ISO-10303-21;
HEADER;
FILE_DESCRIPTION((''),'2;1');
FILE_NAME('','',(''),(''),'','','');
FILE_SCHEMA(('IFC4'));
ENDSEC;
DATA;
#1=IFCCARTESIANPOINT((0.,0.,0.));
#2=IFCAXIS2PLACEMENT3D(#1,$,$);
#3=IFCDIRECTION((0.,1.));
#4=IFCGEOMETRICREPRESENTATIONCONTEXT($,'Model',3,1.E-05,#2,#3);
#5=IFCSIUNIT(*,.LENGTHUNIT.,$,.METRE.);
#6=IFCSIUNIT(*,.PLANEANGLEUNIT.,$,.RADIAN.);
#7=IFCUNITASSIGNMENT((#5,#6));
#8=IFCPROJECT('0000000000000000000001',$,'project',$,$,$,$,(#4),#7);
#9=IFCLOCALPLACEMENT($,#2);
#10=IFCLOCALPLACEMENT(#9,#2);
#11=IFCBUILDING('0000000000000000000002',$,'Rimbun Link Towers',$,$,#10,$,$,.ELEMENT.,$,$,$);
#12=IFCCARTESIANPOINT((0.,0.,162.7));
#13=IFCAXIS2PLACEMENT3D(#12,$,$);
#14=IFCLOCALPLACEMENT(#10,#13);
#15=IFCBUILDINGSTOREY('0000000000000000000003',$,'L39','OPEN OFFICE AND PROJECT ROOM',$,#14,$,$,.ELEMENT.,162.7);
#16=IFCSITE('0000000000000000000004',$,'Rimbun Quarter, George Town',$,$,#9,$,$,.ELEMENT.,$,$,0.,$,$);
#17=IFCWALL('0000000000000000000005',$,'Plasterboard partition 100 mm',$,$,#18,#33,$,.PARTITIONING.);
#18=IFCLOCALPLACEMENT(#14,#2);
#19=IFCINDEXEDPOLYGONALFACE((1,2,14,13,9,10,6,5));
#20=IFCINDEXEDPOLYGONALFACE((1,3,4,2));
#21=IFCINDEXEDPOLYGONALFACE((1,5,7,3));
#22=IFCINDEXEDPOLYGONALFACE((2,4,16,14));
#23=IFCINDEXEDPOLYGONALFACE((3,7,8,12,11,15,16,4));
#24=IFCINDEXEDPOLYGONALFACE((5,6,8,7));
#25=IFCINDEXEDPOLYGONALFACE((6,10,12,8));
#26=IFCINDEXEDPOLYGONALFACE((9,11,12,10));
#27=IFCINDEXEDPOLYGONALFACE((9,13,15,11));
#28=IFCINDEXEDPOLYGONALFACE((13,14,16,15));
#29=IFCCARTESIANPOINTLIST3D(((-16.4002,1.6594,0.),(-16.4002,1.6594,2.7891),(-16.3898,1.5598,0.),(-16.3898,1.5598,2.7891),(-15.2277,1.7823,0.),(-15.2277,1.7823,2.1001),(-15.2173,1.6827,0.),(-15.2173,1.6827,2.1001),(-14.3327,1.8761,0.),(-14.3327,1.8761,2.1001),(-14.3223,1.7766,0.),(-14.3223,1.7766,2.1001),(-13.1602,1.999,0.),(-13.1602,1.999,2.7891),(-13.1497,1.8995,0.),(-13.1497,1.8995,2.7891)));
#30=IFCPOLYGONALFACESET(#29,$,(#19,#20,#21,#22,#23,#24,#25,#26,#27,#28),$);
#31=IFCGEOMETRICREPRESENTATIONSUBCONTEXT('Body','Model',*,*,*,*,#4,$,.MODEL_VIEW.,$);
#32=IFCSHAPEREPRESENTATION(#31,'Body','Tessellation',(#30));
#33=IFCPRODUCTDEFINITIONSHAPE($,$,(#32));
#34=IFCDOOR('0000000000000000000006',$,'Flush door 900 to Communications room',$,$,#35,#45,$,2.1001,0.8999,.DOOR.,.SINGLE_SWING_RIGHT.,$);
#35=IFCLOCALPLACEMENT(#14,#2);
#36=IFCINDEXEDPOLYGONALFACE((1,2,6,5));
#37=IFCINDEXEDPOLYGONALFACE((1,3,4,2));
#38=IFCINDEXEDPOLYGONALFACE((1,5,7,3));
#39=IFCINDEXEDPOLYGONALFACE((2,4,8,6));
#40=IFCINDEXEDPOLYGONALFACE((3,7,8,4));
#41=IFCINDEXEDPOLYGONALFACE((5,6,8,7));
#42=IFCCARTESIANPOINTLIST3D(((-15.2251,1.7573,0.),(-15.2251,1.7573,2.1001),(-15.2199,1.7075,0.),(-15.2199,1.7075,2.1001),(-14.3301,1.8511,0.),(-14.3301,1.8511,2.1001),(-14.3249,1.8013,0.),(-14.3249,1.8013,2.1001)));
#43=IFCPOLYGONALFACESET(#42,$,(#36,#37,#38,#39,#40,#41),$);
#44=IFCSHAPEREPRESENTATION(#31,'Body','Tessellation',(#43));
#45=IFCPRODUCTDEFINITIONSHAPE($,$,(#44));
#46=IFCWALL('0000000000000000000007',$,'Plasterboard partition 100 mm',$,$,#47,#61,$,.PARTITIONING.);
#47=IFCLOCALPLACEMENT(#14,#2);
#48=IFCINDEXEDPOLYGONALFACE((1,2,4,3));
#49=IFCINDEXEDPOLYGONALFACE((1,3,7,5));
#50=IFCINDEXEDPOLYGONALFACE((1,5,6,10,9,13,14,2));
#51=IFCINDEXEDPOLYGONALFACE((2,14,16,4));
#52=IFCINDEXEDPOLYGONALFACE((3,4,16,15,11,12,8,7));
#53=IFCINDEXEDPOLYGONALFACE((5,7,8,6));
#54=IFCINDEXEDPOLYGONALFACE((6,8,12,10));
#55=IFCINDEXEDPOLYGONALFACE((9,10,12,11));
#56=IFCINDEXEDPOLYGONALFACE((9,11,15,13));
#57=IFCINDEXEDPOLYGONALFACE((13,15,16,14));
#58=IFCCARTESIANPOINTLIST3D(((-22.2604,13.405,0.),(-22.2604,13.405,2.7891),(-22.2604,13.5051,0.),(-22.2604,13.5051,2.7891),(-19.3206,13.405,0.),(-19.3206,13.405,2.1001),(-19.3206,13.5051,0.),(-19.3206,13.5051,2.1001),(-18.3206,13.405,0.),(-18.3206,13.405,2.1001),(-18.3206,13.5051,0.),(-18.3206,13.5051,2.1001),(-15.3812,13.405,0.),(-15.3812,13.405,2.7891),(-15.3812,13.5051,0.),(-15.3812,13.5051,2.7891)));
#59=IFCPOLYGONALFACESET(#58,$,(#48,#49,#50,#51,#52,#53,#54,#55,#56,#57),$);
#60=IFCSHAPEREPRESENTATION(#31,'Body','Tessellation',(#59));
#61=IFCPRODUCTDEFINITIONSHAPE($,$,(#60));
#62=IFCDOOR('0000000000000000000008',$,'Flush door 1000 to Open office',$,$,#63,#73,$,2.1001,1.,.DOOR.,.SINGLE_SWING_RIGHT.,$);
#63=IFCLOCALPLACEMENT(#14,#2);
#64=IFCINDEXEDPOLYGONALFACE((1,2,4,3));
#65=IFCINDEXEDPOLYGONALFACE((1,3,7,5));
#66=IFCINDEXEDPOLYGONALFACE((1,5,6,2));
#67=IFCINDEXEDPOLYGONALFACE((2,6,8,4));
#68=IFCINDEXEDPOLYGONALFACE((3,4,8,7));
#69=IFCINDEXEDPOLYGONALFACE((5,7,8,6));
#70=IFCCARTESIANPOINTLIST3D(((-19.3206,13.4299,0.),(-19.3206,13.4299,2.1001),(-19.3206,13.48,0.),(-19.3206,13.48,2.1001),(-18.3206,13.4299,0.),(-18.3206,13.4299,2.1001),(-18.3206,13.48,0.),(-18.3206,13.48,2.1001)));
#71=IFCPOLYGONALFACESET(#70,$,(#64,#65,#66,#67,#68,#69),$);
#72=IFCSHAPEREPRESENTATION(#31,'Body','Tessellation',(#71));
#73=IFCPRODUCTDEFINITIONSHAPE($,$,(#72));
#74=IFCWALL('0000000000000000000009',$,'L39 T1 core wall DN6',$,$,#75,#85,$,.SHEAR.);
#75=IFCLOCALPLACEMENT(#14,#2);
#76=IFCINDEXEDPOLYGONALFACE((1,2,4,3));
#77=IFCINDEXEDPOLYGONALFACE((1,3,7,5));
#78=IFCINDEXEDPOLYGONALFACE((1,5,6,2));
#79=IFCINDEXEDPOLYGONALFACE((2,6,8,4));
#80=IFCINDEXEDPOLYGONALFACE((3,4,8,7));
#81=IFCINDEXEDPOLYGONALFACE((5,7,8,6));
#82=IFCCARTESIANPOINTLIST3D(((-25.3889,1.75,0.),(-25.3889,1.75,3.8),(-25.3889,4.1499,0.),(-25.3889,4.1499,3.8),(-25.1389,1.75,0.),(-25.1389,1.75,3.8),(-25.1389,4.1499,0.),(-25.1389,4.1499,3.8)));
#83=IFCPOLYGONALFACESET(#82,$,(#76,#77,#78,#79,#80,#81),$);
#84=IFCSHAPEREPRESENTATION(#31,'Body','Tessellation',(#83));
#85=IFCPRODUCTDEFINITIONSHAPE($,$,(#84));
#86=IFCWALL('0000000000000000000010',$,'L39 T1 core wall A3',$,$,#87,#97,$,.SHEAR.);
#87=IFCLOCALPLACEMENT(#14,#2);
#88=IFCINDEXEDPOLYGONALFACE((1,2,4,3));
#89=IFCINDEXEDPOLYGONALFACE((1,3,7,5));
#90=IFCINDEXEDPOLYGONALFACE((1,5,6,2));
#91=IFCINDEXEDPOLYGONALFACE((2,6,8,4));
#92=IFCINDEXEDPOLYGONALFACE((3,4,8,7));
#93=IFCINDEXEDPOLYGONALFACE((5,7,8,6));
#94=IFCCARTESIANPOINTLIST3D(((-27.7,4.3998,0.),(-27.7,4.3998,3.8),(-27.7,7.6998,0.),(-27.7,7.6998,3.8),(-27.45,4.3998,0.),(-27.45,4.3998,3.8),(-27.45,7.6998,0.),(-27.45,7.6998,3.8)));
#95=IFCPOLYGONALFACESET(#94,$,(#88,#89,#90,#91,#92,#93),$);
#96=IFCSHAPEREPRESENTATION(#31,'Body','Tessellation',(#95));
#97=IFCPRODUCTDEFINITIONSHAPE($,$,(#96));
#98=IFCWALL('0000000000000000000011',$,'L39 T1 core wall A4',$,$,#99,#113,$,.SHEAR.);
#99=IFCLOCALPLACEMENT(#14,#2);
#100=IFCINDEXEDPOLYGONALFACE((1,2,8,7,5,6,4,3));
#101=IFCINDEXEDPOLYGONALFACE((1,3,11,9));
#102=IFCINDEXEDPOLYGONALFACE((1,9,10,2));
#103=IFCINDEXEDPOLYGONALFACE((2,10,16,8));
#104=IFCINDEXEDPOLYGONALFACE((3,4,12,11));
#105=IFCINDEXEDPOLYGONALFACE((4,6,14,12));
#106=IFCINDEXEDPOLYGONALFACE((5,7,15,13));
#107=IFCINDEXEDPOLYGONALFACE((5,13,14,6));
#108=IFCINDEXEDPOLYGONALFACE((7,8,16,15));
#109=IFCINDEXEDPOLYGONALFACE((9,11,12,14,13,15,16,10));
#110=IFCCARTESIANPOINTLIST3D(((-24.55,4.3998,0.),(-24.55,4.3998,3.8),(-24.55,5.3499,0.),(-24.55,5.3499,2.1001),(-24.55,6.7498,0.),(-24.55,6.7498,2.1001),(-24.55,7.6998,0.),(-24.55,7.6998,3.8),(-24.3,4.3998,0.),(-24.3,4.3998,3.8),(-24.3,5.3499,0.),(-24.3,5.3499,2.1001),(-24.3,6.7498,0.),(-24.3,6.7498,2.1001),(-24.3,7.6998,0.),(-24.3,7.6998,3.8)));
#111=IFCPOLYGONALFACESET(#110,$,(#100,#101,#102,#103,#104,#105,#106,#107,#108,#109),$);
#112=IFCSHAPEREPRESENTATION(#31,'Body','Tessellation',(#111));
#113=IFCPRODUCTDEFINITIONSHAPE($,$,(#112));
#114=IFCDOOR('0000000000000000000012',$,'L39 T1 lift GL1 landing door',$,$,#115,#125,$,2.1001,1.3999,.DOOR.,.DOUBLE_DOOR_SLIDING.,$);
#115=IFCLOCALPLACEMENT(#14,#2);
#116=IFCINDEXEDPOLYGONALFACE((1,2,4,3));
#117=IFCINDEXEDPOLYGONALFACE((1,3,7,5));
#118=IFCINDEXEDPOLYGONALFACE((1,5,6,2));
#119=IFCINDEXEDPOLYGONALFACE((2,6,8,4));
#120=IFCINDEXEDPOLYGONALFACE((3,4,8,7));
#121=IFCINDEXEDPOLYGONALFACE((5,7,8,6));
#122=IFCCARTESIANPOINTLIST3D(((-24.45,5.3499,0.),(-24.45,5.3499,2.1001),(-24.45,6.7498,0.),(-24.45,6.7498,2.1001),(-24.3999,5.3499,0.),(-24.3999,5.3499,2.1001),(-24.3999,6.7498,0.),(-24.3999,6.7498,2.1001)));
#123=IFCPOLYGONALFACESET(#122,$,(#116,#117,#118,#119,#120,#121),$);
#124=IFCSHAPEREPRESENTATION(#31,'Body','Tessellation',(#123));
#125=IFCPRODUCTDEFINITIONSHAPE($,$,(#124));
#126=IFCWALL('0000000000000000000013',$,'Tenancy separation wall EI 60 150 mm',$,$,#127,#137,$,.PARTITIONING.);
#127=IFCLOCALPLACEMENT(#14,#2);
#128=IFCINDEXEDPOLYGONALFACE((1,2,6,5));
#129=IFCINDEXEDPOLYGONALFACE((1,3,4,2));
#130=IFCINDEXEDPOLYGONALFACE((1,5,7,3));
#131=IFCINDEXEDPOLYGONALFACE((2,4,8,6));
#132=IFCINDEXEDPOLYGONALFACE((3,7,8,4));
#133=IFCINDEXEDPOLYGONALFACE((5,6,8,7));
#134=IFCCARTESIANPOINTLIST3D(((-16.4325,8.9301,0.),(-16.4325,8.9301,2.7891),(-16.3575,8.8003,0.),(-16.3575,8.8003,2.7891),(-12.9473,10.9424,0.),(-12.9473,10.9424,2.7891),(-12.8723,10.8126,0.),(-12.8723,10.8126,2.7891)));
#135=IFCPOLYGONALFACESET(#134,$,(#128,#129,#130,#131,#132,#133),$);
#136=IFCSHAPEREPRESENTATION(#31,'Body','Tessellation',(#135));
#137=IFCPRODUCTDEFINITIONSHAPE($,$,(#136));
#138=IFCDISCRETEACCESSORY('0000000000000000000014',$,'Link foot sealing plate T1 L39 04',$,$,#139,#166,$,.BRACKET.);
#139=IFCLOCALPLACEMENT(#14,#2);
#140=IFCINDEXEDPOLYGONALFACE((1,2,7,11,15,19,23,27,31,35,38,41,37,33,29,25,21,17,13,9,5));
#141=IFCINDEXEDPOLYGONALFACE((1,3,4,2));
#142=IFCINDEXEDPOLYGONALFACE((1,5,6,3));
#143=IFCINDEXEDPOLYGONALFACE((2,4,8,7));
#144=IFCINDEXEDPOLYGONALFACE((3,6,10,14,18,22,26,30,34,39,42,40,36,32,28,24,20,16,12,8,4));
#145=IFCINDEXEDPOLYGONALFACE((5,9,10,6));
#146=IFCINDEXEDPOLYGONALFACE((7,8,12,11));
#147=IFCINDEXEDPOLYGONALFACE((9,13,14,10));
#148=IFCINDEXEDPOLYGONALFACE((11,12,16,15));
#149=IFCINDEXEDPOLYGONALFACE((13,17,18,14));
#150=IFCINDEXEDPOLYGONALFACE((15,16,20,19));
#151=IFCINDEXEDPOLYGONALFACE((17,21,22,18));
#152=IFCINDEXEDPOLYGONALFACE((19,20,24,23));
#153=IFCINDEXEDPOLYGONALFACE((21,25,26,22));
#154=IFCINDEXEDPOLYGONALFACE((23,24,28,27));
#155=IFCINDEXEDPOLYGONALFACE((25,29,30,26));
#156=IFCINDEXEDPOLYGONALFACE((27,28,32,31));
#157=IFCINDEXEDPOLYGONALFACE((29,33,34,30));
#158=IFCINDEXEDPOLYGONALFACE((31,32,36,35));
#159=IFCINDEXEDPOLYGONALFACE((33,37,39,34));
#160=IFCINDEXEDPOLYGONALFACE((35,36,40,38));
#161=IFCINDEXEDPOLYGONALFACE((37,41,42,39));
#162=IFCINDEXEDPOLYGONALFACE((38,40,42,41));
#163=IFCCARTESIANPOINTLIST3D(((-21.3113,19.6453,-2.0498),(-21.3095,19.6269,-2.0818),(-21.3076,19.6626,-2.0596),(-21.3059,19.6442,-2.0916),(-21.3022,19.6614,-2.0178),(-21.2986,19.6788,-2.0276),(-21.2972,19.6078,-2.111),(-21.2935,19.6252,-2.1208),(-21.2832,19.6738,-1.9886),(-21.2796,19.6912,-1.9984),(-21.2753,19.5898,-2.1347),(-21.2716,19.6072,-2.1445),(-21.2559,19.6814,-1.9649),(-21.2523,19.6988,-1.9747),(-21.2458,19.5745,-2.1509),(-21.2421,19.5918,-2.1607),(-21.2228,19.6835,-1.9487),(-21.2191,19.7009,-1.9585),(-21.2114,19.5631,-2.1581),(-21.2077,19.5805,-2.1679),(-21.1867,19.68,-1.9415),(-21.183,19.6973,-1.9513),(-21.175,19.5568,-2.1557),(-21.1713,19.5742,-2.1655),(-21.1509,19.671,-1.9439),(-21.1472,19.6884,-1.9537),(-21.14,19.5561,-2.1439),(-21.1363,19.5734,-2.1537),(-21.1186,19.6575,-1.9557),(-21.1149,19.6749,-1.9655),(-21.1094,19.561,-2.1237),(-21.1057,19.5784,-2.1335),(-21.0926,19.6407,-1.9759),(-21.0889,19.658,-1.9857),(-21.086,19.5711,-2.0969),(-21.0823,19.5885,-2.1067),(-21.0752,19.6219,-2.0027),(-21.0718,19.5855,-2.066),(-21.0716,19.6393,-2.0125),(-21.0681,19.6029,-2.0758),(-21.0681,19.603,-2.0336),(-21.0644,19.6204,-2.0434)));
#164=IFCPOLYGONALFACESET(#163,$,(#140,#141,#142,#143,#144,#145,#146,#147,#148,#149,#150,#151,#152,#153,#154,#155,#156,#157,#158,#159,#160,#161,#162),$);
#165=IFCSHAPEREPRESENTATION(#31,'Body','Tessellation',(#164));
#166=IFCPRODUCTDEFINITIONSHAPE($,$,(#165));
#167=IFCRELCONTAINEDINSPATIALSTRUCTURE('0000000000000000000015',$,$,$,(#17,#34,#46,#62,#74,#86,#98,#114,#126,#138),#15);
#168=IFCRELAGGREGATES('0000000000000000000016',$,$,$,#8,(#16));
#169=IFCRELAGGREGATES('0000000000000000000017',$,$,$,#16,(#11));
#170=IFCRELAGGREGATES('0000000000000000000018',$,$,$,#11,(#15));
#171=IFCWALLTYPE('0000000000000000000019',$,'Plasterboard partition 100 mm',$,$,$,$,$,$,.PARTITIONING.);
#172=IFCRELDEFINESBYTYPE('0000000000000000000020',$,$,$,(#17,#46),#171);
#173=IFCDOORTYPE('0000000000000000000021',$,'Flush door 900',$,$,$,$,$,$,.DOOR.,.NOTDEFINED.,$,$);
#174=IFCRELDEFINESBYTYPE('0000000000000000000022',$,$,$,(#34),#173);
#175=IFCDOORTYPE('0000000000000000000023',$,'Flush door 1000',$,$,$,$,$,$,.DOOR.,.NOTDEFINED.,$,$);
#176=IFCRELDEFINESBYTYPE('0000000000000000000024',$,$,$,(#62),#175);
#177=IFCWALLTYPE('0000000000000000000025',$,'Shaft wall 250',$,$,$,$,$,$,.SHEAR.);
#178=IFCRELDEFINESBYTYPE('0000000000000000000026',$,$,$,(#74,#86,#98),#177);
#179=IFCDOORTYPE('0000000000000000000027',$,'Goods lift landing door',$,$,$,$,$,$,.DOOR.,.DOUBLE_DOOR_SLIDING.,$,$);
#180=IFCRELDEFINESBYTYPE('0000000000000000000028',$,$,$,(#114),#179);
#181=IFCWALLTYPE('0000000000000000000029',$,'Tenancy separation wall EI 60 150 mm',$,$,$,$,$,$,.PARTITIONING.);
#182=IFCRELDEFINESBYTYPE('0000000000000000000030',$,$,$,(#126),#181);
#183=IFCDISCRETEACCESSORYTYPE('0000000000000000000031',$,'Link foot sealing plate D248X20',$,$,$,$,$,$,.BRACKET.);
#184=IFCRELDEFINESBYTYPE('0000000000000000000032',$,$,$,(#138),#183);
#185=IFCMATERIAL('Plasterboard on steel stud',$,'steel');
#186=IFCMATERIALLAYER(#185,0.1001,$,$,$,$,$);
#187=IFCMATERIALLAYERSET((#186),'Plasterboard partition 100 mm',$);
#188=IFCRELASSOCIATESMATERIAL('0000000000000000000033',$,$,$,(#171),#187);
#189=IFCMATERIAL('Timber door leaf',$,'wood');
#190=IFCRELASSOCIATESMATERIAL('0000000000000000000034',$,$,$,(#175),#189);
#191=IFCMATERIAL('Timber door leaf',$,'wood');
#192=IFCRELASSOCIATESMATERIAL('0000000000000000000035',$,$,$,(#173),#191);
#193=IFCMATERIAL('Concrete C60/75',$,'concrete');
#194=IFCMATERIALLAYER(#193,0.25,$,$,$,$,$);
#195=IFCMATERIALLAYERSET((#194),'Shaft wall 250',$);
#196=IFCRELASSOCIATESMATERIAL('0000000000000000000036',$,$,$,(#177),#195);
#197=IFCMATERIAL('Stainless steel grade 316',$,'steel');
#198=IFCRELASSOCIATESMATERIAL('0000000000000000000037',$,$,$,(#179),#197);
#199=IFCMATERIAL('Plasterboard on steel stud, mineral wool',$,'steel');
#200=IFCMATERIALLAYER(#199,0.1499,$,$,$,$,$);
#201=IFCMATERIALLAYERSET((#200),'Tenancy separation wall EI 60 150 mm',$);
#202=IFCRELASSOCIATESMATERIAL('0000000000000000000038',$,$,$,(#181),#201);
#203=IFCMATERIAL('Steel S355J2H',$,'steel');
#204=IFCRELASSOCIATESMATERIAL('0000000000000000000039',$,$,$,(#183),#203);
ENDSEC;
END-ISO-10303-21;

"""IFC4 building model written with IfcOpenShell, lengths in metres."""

from ifc_helpers import new_model, si_unit, direction, frame, frame_2d, origin, origin_2d, place, context, subcontext, project, spatial, rectangle, circle, extrude, material, layer, layer_set, material_profile, profile_set, type_object, element, fill, save


model = new_model("IFC4")

# Units and contexts
model_context = context("Model", 3, precision=1e-05, world=origin(), true_north=direction((0.0, 1.0)))
body_context = subcontext(model_context, "Body", "Model", "MODEL_VIEW")
ifc_project = project(units=[si_unit("LENGTHUNIT", "METRE"), si_unit("PLANEANGLEUNIT", "RADIAN")], contexts=[model_context])

# Site, building, storey
site_placement = place(None, origin())
site = spatial("IfcSite", under=ifc_project, at=site_placement, Name="Rimbun Quarter, George Town", CompositionType="ELEMENT", RefElevation=0.0)
building_placement = place(site_placement, origin())
building = spatial("IfcBuilding", under=site, at=building_placement, Name="Rimbun Link Towers", CompositionType="ELEMENT")
storey_placement = place(building_placement, frame((0.0, 0.0, 162.7)))
storey = spatial("IfcBuildingStorey", under=building, at=storey_placement, Name="L39", Description="OPEN OFFICE AND PROJECT ROOM", CompositionType="ELEMENT", Elevation=162.7)

# Walls, openings, doors
ifc_material_1 = material(Name="Plasterboard on steel stud", Category="steel")
ifc_layer_1 = layer(ifc_material_1, 0.1001)
ifc_layer_set_1 = layer_set([ifc_layer_1], Name="Plasterboard partition 100 mm")
wall_type_1 = type_object("IfcWallType", Name="Plasterboard partition 100 mm", PredefinedType="PARTITIONING", material=ifc_layer_set_1)
ifc_material_2 = material(Name="Timber door leaf", Category="wood")
door_type_1 = type_object("IfcDoorType", Name="Flush door 1000", OperationType="NOTDEFINED", PredefinedType="DOOR", material=ifc_material_2)
wall_1_placement = place(storey_placement, frame((-16.395, 1.6096, 0.0), z_axis=(0.0, 0.0, 1.0), x_axis=(0.994552, 0.104244, 0.0)))
wall_1 = element("IfcWall", 1, at=wall_1_placement, inside=storey, type_object=wall_type_1, Name="Plasterboard partition 100 mm", PredefinedType="PARTITIONING", context=body_context, shape_type="SweptSolid", body=[
    extrude(rectangle(XDim=3.2578, YDim=0.1001, at=frame_2d((1.6289, 0.0))), origin(), (0.0, 0.0, 1.0), 2.7891),
])
opening_1_placement = place(wall_1_placement, frame((1.179, 0.0, 0.0)))
opening_1 = element("IfcOpeningElement", 2, at=opening_1_placement, cuts=wall_1, PredefinedType="OPENING", context=body_context, shape_type="SweptSolid", body=[
    extrude(rectangle(XDim=0.8999, YDim=2.1001, at=frame_2d((0.45, 1.05))), frame((0.0, 0.0601, 0.0), z_axis=(0.0, -1.0, 0.0), x_axis=(1.0, 0.0, 0.0)), (0.0, 0.0, 1.0), 0.1201),
])
ifc_material_3 = material(Name="Timber door leaf", Category="wood")
door_type_2 = type_object("IfcDoorType", Name="Flush door 900", OperationType="NOTDEFINED", PredefinedType="DOOR", material=ifc_material_3)
door_1_placement = place(opening_1_placement, origin())
door_1 = element("IfcDoor", 3, at=door_1_placement, inside=storey, type_object=door_type_2, Name="Flush door 900 to Communications room", OperationType="SINGLE_SWING_RIGHT", OverallHeight=2.1001, OverallWidth=0.8999, PredefinedType="DOOR", context=body_context, shape_type="SweptSolid", body=[
    extrude(rectangle(XDim=0.8999, YDim=2.1001, at=frame_2d((0.45, 1.05))), frame((0.0, 0.0249, 0.0), z_axis=(0.0, -1.0, 0.0), x_axis=(1.0, 0.0, 0.0)), (0.0, 0.0, 1.0), 0.05),
])
fill(opening_1, door_1)
wall_2_placement = place(storey_placement, frame((-22.2603, 13.4551, 0.0), z_axis=(0.0, 0.0, 1.0), x_axis=(1.0, 0.0, 0.0)))
wall_2 = element("IfcWall", 4, at=wall_2_placement, inside=storey, type_object=wall_type_1, Name="Plasterboard partition 100 mm", PredefinedType="PARTITIONING", context=body_context, shape_type="SweptSolid", body=[
    extrude(rectangle(XDim=6.8792, YDim=0.1001, at=frame_2d((3.4395, 0.0))), origin(), (0.0, 0.0, 1.0), 2.7891),
])
opening_2_placement = place(wall_2_placement, frame((2.9397, 0.0, 0.0)))
opening_2 = element("IfcOpeningElement", 5, at=opening_2_placement, cuts=wall_2, PredefinedType="OPENING", context=body_context, shape_type="SweptSolid", body=[
    extrude(rectangle(XDim=1.0, YDim=2.1001, at=frame_2d((0.5, 1.05))), frame((0.0, 0.0601, 0.0), z_axis=(0.0, -1.0, 0.0), x_axis=(1.0, 0.0, 0.0)), (0.0, 0.0, 1.0), 0.1201),
])
door_2_placement = place(opening_2_placement, origin())
door_2 = element("IfcDoor", 6, at=door_2_placement, inside=storey, type_object=door_type_1, Name="Flush door 1000 to Open office", OperationType="SINGLE_SWING_RIGHT", OverallHeight=2.1001, OverallWidth=1.0, PredefinedType="DOOR", context=body_context, shape_type="SweptSolid", body=[
    extrude(rectangle(XDim=1.0, YDim=2.1001, at=frame_2d((0.5, 1.05))), frame((0.0, 0.0249, 0.0), z_axis=(0.0, -1.0, 0.0), x_axis=(1.0, 0.0, 0.0)), (0.0, 0.0, 1.0), 0.05),
])
fill(opening_2, door_2)

# Walls
ifc_material_4 = material(Name="Concrete C60/75", Category="concrete")
ifc_layer_2 = layer(ifc_material_4, 0.25)
ifc_layer_set_2 = layer_set([ifc_layer_2], Name="Shaft wall 250")
wall_type_2 = type_object("IfcWallType", Name="Shaft wall 250", PredefinedType="SHEAR", material=ifc_layer_set_2)
wall_3_placement = place(storey_placement, frame((-25.2639, 1.75, 0.0), z_axis=(0.0, 0.0, 1.0), x_axis=(0.0, 1.0, 0.0)))
element("IfcWall", 7, at=wall_3_placement, inside=storey, type_object=wall_type_2, Name="L39 T1 core wall DN6", PredefinedType="SHEAR", context=body_context, shape_type="SweptSolid", body=[
    extrude(rectangle(XDim=2.3999, YDim=0.25, at=frame_2d((1.2, 0.0))), origin(), (0.0, 0.0, 1.0), 3.8),
])
wall_4_placement = place(storey_placement, frame((-27.575, 4.3999, 0.0), z_axis=(0.0, 0.0, 1.0), x_axis=(0.0, 1.0, 0.0)))
element("IfcWall", 8, at=wall_4_placement, inside=storey, type_object=wall_type_2, Name="L39 T1 core wall A3", PredefinedType="SHEAR", context=body_context, shape_type="SweptSolid", body=[
    extrude(rectangle(XDim=3.3, YDim=0.25, at=frame_2d((1.6499, 0.0))), origin(), (0.0, 0.0, 1.0), 3.8),
])

# Wall, opening, door
wall_5_placement = place(storey_placement, frame((-24.425, 4.3999, 0.0), z_axis=(0.0, 0.0, 1.0), x_axis=(0.0, 1.0, 0.0)))
wall_5 = element("IfcWall", 9, at=wall_5_placement, inside=storey, type_object=wall_type_2, Name="L39 T1 core wall A4", PredefinedType="SHEAR", context=body_context, shape_type="SweptSolid", body=[
    extrude(rectangle(XDim=3.3, YDim=0.25, at=frame_2d((1.6499, 0.0))), origin(), (0.0, 0.0, 1.0), 3.8),
])
opening_3_placement = place(wall_5_placement, frame((0.95, 0.0, 0.0)))
opening_3 = element("IfcOpeningElement", 10, at=opening_3_placement, cuts=wall_5, PredefinedType="OPENING", context=body_context, shape_type="SweptSolid", body=[
    extrude(rectangle(XDim=1.3999, YDim=2.1001, at=frame_2d((0.7, 1.05))), frame((0.0, 0.135, 0.0), z_axis=(0.0, -1.0, 0.0), x_axis=(1.0, 0.0, 0.0)), (0.0, 0.0, 1.0), 0.27),
])
ifc_material_5 = material(Name="Stainless steel grade 316", Category="steel")
door_type_3 = type_object("IfcDoorType", Name="Goods lift landing door", OperationType="DOUBLE_DOOR_SLIDING", PredefinedType="DOOR", material=ifc_material_5)
door_3_placement = place(opening_3_placement, origin())
door_3 = element("IfcDoor", 11, at=door_3_placement, inside=storey, type_object=door_type_3, Name="L39 T1 lift GL1 landing door", OperationType="DOUBLE_DOOR_SLIDING", OverallHeight=2.1001, OverallWidth=1.3999, PredefinedType="DOOR", context=body_context, shape_type="SweptSolid", body=[
    extrude(rectangle(XDim=1.3999, YDim=2.1001, at=frame_2d((0.7, 1.05))), frame((0.0, 0.0249, 0.0), z_axis=(0.0, -1.0, 0.0), x_axis=(1.0, 0.0, 0.0)), (0.0, 0.0, 1.0), 0.05),
])
fill(opening_3, door_3)

# Wall
ifc_material_6 = material(Name="Plasterboard on steel stud, mineral wool", Category="steel")
ifc_layer_3 = layer(ifc_material_6, 0.1499)
ifc_layer_set_3 = layer_set([ifc_layer_3], Name="Tenancy separation wall EI 60 150 mm")
wall_type_3 = type_object("IfcWallType", Name="Tenancy separation wall EI 60 150 mm", PredefinedType="PARTITIONING", material=ifc_layer_set_3)
wall_6_placement = place(storey_placement, frame((-16.395, 8.8652, 0.0), z_axis=(0.0, 0.0, 1.0), x_axis=(0.866017, 0.500015, 0.0)))
element("IfcWall", 12, at=wall_6_placement, inside=storey, type_object=wall_type_3, Name="Tenancy separation wall EI 60 150 mm", PredefinedType="PARTITIONING", context=body_context, shape_type="SweptSolid", body=[
    extrude(rectangle(XDim=4.0244, YDim=0.1499, at=frame_2d((2.0122, 0.0))), origin(), (0.0, 0.0, 1.0), 2.7891),
])

# Discrete accessory
ifc_material_7 = material(Name="Steel S355J2H", Category="steel")
ifc_material_profile_1 = material_profile(ifc_material_7, circle(Radius=0.124, at=origin_2d()), Name="PL D248")
ifc_profile_set_1 = profile_set([ifc_material_profile_1], Name="Steel S355J2H")
discrete_accessory_type = type_object("IfcDiscreteAccessoryType", Name="Link foot sealing plate D248X20", PredefinedType="BRACKET", material=ifc_profile_set_1)
discrete_accessory_placement = place(storey_placement, frame((-21.1899, 19.6196, -2.0498), z_axis=(0.181025, 0.856853, -0.482734), x_axis=(-0.978403, 0.206705, 0.0)))
element("IfcDiscreteAccessory", 13, at=discrete_accessory_placement, inside=storey, type_object=discrete_accessory_type, Name="Link foot sealing plate T1 L39 04", PredefinedType="BRACKET", context=body_context, shape_type="SweptSolid", body=[
    extrude(circle(Radius=0.124, at=origin_2d()), origin(), (0.0, 0.0, 1.0), 0.0203),
])

save(model, "model.ifc")
